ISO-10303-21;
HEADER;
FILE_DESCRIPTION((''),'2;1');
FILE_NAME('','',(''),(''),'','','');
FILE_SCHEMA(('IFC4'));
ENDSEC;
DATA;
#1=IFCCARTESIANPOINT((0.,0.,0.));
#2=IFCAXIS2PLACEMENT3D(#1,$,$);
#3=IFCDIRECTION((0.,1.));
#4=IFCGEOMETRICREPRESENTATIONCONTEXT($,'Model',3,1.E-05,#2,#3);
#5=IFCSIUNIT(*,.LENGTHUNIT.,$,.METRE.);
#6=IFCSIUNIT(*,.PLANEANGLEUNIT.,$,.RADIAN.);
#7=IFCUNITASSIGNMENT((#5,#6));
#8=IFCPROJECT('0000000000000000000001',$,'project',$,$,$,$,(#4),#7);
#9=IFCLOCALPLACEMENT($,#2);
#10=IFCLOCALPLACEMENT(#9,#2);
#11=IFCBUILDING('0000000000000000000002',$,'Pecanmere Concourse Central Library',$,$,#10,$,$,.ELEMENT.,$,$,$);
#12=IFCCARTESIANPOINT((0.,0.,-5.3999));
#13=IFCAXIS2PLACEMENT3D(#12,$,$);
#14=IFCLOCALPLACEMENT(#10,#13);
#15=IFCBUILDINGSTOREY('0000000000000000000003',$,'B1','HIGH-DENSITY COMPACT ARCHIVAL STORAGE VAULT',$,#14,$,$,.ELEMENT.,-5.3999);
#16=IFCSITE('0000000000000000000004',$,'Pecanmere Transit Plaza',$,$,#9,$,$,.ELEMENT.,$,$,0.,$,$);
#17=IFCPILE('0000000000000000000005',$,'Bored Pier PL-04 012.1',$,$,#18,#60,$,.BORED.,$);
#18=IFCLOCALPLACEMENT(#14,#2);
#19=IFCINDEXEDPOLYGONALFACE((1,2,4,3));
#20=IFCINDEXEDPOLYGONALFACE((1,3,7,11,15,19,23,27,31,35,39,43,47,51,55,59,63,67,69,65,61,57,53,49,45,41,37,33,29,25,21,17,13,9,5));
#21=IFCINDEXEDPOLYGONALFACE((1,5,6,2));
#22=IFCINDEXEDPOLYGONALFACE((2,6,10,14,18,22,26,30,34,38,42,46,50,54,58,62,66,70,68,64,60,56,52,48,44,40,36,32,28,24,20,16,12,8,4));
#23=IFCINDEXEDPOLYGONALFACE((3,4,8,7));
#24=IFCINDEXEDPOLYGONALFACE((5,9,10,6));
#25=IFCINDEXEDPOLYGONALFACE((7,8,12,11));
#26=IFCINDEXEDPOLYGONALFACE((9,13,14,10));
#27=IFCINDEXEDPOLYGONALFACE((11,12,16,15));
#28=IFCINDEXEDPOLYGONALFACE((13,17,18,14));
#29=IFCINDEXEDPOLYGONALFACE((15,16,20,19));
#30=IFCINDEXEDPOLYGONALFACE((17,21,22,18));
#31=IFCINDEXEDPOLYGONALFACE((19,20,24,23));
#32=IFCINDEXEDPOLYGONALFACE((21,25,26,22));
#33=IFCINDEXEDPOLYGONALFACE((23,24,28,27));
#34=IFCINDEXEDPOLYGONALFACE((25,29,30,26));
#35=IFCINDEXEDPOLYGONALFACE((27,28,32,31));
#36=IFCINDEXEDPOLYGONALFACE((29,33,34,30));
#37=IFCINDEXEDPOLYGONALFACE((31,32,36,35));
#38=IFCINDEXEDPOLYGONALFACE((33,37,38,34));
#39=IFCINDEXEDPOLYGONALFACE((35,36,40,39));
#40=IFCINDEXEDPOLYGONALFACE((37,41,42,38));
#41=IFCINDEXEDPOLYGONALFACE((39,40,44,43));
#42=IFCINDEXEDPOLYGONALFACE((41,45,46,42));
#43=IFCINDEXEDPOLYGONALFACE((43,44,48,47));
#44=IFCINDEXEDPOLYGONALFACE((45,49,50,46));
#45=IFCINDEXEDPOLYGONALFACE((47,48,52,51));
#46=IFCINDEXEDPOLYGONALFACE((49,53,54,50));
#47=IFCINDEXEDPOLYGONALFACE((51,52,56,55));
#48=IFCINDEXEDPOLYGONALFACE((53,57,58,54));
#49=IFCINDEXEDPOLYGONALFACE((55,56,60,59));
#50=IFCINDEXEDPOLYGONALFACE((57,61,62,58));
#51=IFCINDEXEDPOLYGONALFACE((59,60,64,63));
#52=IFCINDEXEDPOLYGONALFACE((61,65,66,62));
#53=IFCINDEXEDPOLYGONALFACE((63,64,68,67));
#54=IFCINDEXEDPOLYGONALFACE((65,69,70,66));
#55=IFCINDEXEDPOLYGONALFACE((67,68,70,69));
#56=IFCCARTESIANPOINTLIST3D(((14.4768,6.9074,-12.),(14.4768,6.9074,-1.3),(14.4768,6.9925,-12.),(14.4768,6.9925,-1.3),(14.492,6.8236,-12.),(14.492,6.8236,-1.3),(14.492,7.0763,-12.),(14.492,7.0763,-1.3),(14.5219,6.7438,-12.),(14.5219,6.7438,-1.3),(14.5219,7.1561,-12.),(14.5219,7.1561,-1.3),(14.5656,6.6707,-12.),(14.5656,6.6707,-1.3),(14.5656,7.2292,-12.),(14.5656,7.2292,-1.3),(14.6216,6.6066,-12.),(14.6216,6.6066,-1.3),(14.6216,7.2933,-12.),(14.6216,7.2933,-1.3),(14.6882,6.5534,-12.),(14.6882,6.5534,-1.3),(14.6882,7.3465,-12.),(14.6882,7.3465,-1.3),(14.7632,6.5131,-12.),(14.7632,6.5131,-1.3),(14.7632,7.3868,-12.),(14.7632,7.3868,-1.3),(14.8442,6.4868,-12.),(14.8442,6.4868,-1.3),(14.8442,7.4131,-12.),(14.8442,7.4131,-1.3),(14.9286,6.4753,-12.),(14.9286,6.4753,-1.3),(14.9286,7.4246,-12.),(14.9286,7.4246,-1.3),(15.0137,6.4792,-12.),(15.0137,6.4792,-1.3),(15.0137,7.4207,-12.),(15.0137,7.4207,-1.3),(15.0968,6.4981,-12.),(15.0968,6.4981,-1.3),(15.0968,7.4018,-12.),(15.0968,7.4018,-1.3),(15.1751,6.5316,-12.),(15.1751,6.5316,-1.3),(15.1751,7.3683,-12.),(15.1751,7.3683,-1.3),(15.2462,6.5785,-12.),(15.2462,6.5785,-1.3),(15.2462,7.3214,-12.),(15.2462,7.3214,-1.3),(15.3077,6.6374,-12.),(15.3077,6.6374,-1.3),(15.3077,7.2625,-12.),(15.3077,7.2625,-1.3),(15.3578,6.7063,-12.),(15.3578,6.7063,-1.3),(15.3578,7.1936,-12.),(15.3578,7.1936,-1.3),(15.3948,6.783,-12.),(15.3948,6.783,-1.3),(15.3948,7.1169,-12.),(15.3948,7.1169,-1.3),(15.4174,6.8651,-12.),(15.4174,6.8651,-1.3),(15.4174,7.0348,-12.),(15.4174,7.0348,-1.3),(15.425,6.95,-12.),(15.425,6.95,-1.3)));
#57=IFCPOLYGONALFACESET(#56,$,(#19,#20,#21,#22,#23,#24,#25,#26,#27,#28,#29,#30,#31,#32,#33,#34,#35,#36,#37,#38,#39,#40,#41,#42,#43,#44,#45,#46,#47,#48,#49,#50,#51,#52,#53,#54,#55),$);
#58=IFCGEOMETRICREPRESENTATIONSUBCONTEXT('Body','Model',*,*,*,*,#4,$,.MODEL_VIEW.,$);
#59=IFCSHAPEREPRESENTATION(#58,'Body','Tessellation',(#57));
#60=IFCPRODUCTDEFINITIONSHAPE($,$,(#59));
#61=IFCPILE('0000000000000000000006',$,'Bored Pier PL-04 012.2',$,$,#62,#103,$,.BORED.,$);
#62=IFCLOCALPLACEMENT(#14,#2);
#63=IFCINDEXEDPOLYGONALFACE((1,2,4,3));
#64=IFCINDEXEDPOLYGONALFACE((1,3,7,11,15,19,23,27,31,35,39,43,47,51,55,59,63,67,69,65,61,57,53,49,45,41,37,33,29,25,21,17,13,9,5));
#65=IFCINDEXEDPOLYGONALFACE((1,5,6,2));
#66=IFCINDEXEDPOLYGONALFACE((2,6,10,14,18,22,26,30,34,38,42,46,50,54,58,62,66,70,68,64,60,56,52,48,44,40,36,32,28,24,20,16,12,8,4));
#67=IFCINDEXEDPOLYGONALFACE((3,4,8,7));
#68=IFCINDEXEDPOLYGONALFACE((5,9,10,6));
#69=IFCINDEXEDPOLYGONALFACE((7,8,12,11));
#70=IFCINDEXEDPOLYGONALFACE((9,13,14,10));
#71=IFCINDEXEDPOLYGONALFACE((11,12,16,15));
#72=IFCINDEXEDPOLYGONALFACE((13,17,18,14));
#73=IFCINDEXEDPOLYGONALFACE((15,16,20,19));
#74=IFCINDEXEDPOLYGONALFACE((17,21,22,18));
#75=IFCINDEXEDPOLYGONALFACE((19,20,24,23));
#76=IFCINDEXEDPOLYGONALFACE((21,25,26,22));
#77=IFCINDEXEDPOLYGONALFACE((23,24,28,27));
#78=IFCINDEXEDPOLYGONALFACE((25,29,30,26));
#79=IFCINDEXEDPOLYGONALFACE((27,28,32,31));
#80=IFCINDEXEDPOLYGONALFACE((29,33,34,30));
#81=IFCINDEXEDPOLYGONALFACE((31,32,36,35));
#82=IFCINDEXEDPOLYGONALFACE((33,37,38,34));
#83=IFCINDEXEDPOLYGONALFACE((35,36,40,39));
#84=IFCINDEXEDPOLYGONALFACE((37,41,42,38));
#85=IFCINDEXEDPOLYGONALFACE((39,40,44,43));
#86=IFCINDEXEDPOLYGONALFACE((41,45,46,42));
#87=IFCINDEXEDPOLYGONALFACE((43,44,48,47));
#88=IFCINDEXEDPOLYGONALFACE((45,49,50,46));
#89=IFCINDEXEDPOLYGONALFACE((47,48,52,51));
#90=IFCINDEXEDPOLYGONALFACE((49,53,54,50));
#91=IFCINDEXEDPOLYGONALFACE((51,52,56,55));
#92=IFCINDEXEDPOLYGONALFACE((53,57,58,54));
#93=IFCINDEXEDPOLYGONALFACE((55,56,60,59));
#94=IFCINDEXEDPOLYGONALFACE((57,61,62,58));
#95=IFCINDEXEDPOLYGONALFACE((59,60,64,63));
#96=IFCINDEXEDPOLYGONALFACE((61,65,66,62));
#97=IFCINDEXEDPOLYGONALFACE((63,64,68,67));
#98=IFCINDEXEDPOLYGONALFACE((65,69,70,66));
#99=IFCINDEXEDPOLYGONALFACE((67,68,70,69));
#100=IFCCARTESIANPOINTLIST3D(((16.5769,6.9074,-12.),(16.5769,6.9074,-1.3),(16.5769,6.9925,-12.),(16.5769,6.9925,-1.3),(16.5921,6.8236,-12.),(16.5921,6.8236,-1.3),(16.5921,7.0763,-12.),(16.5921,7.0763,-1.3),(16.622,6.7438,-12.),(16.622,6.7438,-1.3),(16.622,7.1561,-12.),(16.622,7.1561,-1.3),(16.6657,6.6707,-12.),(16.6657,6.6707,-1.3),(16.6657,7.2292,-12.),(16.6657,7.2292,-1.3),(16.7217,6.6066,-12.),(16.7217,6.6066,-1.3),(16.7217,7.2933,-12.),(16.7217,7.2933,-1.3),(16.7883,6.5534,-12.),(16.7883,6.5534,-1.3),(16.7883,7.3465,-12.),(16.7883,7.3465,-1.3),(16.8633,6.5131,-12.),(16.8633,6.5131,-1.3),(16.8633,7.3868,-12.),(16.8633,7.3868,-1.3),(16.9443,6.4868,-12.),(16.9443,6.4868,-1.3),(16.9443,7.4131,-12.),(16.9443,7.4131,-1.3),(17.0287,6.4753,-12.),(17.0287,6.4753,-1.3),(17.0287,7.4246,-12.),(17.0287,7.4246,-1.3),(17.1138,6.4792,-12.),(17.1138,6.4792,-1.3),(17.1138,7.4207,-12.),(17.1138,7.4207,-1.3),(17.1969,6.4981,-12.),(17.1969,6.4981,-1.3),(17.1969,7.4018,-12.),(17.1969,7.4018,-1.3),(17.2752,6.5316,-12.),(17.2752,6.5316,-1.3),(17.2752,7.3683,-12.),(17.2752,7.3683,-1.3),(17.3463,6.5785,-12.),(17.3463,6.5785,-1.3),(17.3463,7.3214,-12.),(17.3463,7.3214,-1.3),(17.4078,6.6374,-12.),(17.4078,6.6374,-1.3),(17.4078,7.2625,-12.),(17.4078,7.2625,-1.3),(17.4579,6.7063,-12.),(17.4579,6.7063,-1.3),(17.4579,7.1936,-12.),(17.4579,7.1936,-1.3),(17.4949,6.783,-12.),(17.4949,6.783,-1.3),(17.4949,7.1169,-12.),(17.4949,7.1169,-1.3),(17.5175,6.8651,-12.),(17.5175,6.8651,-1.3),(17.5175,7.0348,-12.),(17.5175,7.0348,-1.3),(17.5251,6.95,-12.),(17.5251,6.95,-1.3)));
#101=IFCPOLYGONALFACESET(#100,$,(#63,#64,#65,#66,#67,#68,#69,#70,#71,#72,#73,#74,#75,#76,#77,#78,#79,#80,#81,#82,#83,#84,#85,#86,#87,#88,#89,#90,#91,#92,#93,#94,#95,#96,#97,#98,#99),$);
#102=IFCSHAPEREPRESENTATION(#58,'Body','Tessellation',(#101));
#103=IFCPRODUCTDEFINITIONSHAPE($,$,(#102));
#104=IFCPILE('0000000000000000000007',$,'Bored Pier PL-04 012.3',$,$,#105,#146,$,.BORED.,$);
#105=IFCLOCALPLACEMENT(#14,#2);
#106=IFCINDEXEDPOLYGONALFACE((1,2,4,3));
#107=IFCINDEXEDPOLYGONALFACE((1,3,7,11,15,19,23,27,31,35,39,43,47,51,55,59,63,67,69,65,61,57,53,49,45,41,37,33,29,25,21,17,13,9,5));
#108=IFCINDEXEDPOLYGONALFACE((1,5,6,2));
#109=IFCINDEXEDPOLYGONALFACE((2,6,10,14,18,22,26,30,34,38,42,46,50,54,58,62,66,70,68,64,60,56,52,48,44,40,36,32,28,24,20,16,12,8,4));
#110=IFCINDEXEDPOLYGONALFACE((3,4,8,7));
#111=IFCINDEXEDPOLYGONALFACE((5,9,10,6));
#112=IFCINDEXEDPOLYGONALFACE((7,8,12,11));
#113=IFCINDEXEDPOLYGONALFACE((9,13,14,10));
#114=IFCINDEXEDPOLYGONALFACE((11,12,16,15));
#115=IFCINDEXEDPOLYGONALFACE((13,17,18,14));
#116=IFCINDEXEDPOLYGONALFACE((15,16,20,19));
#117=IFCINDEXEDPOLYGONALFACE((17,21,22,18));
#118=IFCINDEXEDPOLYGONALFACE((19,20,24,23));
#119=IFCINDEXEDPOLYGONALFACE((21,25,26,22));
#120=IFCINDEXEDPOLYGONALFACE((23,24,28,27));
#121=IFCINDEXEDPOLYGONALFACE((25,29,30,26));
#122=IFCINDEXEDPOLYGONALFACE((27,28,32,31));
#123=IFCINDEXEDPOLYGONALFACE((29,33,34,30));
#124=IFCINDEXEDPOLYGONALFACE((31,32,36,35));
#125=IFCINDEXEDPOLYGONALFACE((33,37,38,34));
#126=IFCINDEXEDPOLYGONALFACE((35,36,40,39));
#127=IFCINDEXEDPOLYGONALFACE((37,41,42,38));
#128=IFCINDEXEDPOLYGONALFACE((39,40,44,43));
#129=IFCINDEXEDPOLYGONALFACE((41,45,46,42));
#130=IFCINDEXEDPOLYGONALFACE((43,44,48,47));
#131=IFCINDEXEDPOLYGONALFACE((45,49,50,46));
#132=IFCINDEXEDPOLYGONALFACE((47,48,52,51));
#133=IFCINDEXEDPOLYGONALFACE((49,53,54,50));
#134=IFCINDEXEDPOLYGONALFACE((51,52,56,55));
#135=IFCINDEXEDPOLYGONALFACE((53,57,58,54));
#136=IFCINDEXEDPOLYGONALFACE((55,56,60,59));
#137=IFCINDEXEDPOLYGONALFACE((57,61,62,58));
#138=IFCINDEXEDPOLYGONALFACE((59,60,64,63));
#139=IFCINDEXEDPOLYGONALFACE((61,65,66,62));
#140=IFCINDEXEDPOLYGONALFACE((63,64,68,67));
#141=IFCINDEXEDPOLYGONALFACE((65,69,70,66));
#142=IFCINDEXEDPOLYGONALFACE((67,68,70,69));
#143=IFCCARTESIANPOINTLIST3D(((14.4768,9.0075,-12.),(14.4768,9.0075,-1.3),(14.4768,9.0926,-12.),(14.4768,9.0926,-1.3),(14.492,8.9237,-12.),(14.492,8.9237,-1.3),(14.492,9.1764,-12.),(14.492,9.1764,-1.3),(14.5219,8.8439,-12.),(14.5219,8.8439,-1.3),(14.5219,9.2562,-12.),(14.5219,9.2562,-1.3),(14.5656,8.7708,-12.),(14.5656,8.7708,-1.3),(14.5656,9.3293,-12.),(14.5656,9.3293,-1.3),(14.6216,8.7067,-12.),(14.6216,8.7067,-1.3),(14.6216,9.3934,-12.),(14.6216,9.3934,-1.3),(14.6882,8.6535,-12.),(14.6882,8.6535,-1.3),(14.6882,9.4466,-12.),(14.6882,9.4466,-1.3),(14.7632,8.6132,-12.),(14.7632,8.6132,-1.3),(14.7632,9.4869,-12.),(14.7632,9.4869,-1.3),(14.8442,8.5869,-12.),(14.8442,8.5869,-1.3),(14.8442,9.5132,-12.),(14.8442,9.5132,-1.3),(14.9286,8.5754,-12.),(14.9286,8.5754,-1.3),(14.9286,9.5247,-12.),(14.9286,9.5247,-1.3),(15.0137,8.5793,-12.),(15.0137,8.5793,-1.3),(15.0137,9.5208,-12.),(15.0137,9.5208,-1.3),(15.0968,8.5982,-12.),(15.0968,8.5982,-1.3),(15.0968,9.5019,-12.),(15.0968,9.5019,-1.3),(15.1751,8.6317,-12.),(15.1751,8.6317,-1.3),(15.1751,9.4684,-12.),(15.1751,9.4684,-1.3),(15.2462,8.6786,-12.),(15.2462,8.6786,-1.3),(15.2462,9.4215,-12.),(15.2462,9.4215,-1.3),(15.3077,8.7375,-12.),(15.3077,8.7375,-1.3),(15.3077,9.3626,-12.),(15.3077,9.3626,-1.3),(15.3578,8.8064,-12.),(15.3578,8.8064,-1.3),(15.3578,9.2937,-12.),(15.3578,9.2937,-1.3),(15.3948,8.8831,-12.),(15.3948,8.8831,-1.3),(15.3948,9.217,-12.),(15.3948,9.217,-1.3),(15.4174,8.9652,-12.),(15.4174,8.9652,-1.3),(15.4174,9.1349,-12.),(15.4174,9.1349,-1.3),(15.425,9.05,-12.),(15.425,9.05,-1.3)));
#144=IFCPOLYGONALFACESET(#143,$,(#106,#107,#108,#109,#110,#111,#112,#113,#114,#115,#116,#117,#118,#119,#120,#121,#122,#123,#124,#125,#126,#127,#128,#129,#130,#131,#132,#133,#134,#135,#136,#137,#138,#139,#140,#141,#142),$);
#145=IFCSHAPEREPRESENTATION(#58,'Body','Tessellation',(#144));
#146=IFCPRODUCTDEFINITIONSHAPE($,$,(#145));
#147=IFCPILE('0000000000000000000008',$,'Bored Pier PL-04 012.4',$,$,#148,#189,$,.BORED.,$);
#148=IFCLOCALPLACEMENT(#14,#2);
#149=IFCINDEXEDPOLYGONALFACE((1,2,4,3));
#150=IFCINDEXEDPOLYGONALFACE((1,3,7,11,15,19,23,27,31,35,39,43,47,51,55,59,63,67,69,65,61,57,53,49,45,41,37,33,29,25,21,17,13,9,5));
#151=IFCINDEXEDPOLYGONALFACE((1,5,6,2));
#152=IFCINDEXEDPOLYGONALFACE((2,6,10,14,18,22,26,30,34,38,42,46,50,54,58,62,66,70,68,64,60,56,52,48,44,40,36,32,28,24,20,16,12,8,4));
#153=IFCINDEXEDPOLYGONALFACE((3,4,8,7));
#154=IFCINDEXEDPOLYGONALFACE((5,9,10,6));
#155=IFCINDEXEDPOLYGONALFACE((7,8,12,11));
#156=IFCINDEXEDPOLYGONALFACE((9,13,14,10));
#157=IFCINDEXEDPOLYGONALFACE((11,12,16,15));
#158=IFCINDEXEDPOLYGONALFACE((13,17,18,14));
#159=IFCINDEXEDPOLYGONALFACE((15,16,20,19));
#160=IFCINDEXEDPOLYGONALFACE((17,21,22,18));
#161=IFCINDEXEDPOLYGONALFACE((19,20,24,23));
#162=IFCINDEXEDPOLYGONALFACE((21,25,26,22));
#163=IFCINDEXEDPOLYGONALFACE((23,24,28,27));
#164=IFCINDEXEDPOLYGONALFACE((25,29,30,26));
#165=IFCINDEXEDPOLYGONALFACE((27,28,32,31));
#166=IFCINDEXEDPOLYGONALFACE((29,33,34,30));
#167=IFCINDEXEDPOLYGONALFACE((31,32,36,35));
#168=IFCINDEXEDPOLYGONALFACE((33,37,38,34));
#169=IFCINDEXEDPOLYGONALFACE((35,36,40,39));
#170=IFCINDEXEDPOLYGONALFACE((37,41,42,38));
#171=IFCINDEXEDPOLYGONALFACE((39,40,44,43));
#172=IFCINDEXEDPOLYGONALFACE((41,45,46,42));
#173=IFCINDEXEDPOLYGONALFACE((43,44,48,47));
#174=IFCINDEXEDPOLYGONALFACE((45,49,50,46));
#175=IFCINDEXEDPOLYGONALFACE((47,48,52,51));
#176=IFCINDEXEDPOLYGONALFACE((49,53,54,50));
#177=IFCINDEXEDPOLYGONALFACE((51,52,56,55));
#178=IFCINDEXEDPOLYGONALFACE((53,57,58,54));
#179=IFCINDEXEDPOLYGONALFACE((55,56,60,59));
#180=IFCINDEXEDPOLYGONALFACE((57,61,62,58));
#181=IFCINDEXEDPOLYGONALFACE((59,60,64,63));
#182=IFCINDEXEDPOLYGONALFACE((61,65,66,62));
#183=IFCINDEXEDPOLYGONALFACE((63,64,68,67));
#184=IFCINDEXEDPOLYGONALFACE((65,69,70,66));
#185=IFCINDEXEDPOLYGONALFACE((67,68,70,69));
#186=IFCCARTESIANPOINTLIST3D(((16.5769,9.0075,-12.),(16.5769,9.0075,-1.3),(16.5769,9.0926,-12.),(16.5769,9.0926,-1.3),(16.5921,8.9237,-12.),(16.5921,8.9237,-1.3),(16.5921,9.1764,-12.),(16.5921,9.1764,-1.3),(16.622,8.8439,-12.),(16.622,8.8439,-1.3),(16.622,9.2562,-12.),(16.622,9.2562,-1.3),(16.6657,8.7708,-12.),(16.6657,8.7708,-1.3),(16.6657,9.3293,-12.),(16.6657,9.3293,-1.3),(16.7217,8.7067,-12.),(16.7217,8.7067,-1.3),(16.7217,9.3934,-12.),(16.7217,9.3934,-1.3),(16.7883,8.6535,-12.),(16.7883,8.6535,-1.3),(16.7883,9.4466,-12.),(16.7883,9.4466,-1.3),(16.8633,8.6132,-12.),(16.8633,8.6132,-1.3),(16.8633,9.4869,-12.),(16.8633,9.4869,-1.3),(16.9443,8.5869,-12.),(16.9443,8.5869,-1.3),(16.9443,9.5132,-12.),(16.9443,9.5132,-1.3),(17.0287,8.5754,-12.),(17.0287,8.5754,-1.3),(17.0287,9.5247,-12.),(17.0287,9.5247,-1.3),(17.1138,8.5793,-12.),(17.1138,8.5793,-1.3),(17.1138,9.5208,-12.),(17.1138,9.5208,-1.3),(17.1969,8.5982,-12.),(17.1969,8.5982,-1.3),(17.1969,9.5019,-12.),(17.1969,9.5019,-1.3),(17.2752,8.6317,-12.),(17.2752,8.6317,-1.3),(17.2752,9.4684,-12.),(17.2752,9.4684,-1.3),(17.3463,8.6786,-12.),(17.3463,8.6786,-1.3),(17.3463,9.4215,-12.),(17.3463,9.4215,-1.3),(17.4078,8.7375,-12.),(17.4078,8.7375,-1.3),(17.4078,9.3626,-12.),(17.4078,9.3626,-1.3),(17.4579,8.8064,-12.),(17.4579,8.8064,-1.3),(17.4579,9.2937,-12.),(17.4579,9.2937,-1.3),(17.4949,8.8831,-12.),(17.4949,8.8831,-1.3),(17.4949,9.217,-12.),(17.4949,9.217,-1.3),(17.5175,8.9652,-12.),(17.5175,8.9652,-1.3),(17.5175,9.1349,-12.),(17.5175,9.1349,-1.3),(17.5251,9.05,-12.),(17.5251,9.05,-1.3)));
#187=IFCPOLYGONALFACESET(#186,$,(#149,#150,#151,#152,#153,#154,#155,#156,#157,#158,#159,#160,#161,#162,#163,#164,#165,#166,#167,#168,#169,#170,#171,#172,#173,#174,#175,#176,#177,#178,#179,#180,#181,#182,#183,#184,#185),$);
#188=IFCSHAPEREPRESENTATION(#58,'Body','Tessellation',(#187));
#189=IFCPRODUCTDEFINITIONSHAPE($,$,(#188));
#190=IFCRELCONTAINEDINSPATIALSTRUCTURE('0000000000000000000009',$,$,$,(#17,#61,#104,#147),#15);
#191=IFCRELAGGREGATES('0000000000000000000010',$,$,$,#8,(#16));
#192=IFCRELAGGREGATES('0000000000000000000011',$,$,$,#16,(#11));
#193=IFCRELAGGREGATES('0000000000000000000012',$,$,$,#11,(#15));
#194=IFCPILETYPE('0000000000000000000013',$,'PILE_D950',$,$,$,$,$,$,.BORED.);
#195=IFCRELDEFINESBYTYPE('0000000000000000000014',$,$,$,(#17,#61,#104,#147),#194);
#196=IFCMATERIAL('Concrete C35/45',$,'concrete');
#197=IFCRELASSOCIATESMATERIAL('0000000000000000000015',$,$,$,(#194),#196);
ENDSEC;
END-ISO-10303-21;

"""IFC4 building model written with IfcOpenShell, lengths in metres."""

from ifc_helpers import new_model, si_unit, direction, frame, origin, origin_2d, place, context, subcontext, project, spatial, circle, extrude, material, material_profile, profile_set, type_object, element, save


model = new_model("IFC4")

# Units and contexts
model_context = context("Model", 3, precision=1e-05, world=origin(), true_north=direction((0.0, 1.0)))
body_context = subcontext(model_context, "Body", "Model", "MODEL_VIEW")
ifc_project = project(units=[si_unit("LENGTHUNIT", "METRE"), si_unit("PLANEANGLEUNIT", "RADIAN")], contexts=[model_context])

# Site, building, storey
site_placement = place(None, origin())
site = spatial("IfcSite", under=ifc_project, at=site_placement, Name="Pecanmere Transit Plaza", CompositionType="ELEMENT", RefElevation=0.0)
building_placement = place(site_placement, origin())
building = spatial("IfcBuilding", under=site, at=building_placement, Name="Pecanmere Concourse Central Library", CompositionType="ELEMENT")
storey_placement = place(building_placement, frame((0.0, 0.0, -5.3999)))
storey = spatial("IfcBuildingStorey", under=building, at=storey_placement, Name="B1", Description="HIGH-DENSITY COMPACT ARCHIVAL STORAGE VAULT", CompositionType="ELEMENT", Elevation=-5.3999)

# Piles
ifc_material_1 = material(Name="Concrete C35/45", Category="concrete")
ifc_material_profile_1 = material_profile(ifc_material_1, circle(Radius=0.4751, at=origin_2d()), Name="PIER D950")
ifc_profile_set_1 = profile_set([ifc_material_profile_1], Name="Concrete C35/45")
pile_type = type_object("IfcPileType", Name="PILE_D950", PredefinedType="BORED", material=ifc_profile_set_1)
for number, where, z_axis, x_axis, name in (
    (1, (14.95, 6.95, -1.3), (0.0, 0.0, -1.0), (1.0, 0.0, 0.0), "Bored Pier PL-04 012.1"),
    (2, (17.05, 6.95, -1.3), (0.0, 0.0, -1.0), (1.0, 0.0, 0.0), "Bored Pier PL-04 012.2"),
    (3, (14.95, 9.05, -1.3), (0.0, 0.0, -1.0), (1.0, 0.0, 0.0), "Bored Pier PL-04 012.3"),
    (4, (17.05, 9.05, -1.3), (0.0, 0.0, -1.0), (1.0, 0.0, 0.0), "Bored Pier PL-04 012.4"),
):
    element("IfcPile", number, at=place(storey_placement, frame(where, z_axis=z_axis, x_axis=x_axis)), inside=storey, type_object=pile_type, Name=name, PredefinedType="BORED", context=body_context, shape_type="SweptSolid", body=[
        extrude(circle(Radius=0.4751, at=origin_2d()), origin(), (0.0, 0.0, 1.0), 10.7),
    ])

save(model, "model.ifc")
